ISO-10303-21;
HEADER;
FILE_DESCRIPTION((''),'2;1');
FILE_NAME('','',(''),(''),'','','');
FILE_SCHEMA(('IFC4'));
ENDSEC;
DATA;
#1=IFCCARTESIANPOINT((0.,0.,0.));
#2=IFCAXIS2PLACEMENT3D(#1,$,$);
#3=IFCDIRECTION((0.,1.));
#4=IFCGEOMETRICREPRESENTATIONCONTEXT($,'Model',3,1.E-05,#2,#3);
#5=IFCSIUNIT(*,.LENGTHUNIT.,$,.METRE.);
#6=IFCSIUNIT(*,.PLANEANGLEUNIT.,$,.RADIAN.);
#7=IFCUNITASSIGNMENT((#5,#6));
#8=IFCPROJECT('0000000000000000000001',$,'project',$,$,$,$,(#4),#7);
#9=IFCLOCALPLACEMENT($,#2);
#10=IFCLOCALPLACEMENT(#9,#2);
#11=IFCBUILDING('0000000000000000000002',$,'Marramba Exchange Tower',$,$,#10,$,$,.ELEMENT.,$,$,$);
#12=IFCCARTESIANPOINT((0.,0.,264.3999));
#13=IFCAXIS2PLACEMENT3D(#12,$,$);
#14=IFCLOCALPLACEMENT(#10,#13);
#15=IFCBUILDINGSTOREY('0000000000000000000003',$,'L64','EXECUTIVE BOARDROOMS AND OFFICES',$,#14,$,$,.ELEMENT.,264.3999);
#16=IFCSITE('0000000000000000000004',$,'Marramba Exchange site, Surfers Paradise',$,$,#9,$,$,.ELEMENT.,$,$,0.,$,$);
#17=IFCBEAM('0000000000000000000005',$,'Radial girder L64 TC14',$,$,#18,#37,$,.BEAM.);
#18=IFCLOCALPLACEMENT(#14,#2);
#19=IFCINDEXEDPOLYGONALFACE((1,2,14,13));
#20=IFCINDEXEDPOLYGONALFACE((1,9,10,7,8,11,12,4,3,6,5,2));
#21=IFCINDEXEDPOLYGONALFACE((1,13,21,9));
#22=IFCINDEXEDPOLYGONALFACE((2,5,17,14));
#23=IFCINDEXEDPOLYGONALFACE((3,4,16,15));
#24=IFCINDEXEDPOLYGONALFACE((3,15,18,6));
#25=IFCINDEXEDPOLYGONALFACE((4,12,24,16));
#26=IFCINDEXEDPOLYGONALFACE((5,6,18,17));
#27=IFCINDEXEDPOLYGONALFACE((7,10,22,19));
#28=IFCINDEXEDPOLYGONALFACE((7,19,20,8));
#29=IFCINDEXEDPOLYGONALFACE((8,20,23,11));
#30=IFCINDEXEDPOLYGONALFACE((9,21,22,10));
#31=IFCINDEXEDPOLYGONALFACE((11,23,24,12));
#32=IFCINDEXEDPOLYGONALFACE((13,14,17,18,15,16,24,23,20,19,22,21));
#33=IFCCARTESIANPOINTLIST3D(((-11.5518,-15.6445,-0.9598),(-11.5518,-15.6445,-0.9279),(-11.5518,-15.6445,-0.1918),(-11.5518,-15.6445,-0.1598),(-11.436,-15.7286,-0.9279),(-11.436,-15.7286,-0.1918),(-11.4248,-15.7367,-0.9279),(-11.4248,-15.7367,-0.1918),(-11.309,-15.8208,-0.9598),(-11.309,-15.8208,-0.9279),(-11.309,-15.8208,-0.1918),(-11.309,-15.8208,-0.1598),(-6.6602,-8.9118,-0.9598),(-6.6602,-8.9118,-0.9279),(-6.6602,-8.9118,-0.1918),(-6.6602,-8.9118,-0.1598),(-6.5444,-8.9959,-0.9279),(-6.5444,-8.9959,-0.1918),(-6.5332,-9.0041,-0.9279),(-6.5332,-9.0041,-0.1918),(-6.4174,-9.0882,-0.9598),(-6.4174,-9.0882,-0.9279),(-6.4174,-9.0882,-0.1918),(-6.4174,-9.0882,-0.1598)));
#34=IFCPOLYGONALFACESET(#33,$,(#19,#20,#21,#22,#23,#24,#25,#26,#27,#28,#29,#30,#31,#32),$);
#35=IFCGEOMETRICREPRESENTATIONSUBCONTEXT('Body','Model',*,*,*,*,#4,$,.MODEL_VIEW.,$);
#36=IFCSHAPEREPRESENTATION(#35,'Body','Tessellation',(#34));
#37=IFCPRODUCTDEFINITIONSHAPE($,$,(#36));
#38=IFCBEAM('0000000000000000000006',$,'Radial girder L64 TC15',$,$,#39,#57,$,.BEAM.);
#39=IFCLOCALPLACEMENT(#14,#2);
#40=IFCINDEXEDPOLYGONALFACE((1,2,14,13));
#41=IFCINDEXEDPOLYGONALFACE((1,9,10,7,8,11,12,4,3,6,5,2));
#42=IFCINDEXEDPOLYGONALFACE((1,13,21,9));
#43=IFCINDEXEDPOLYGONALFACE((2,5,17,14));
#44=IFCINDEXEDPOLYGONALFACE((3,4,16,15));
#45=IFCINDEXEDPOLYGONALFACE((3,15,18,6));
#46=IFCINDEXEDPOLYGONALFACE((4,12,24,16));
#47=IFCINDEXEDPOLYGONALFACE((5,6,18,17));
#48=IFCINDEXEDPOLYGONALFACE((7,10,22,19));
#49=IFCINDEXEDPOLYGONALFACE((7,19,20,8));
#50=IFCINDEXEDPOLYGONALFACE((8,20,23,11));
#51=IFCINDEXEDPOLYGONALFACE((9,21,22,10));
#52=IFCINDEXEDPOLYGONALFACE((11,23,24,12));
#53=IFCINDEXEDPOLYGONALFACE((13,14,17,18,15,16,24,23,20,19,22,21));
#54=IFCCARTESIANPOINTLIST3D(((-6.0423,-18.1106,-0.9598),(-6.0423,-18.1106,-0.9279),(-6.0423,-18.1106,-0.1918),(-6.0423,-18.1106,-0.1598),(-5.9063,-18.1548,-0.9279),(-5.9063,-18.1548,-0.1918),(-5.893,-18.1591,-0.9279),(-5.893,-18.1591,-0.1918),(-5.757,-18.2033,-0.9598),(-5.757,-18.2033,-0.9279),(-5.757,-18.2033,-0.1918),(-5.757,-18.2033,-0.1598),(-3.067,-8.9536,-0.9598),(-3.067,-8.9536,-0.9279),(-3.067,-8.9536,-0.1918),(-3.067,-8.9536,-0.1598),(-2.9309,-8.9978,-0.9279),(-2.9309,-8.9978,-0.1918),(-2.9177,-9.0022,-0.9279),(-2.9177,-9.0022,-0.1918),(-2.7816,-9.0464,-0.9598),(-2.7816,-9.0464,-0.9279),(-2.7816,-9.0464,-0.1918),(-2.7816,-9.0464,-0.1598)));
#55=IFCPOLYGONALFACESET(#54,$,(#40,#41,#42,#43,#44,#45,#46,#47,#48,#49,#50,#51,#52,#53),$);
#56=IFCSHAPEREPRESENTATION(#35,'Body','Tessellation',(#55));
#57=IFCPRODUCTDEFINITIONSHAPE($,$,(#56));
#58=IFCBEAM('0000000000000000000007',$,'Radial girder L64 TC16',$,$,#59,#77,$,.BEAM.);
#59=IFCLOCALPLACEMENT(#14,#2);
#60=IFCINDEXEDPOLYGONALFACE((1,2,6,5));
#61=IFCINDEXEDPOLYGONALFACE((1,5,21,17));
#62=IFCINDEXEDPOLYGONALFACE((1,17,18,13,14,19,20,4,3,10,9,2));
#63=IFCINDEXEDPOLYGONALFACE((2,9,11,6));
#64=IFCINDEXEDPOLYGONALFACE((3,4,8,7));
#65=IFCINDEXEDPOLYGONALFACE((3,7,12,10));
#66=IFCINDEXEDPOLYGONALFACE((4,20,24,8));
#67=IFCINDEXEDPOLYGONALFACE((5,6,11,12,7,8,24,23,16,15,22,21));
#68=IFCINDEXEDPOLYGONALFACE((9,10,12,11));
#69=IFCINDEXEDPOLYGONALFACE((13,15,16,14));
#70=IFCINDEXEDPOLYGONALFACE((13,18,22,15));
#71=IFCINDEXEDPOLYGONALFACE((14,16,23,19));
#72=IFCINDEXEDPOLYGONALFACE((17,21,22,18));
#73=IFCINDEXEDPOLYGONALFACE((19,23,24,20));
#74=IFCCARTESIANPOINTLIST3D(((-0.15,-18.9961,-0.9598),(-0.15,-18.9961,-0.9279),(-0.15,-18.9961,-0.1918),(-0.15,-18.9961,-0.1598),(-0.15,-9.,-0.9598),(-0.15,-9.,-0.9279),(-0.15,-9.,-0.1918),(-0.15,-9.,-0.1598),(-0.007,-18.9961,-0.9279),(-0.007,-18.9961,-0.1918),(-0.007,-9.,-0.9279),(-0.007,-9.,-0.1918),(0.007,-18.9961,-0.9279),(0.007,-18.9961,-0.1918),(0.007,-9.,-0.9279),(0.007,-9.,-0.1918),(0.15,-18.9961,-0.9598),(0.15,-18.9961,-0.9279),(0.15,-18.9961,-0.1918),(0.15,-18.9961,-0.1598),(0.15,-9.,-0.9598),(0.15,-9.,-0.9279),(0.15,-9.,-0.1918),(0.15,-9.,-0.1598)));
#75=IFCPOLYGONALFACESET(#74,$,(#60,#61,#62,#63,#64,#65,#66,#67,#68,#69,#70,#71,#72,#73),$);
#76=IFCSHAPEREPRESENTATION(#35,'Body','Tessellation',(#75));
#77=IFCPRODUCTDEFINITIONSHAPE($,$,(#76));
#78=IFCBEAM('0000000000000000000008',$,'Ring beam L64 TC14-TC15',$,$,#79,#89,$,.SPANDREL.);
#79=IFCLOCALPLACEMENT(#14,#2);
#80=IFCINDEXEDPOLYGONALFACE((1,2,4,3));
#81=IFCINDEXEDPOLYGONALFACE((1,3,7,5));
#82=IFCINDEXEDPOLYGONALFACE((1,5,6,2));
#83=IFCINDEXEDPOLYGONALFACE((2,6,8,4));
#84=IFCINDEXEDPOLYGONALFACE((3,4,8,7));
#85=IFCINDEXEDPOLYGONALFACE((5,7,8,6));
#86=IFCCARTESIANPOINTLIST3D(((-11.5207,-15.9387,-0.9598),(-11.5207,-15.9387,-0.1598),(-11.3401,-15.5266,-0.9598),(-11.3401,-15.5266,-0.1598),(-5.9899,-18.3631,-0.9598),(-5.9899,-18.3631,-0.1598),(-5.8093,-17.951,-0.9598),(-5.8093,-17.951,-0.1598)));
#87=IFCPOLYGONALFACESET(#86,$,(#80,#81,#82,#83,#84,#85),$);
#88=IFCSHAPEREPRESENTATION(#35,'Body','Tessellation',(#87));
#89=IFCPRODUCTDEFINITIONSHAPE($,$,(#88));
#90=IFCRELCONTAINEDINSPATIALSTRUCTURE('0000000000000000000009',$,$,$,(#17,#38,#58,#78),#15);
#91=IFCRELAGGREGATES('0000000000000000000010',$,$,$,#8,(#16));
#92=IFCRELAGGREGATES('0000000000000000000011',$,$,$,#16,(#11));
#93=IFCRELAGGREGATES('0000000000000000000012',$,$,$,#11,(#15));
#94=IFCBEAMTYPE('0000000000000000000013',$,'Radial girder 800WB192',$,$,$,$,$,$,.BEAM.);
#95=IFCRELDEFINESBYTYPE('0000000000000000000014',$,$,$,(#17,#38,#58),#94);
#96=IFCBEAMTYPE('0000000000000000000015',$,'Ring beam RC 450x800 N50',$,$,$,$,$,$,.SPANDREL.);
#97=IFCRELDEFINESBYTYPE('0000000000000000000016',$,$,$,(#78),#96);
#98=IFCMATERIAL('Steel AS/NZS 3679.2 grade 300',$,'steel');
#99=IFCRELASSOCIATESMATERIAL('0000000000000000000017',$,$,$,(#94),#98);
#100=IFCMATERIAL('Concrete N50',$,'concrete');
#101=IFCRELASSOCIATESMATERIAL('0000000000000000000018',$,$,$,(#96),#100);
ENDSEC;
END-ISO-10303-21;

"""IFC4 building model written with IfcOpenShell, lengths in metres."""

from ifc_helpers import new_model, si_unit, direction, frame, origin, origin_2d, place, context, subcontext, project, spatial, rectangle, i_section, extrude, material, material_profile, profile_set, type_object, element, save


model = new_model("IFC4")

# Units and contexts
model_context = context("Model", 3, precision=1e-05, world=origin(), true_north=direction((0.0, 1.0)))
body_context = subcontext(model_context, "Body", "Model", "MODEL_VIEW")
ifc_project = project(units=[si_unit("LENGTHUNIT", "METRE"), si_unit("PLANEANGLEUNIT", "RADIAN")], contexts=[model_context])

# Site, building, storey
site_placement = place(None, origin())
site = spatial("IfcSite", under=ifc_project, at=site_placement, Name="Marramba Exchange site, Surfers Paradise", CompositionType="ELEMENT", RefElevation=0.0)
building_placement = place(site_placement, origin())
building = spatial("IfcBuilding", under=site, at=building_placement, Name="Marramba Exchange Tower", CompositionType="ELEMENT")
storey_placement = place(building_placement, frame((0.0, 0.0, 264.3999)))
storey = spatial("IfcBuildingStorey", under=building, at=storey_placement, Name="L64", Description="EXECUTIVE BOARDROOMS AND OFFICES", CompositionType="ELEMENT", Elevation=264.3999)

# Beams
ifc_material_1 = material(Name="Steel AS/NZS 3679.2 grade 300", Category="steel")
ifc_material_profile_1 = material_profile(ifc_material_1, i_section(OverallWidth=0.3, OverallDepth=0.8, WebThickness=0.0139, FlangeThickness=0.032, at=origin_2d()), Name="800WB192")
ifc_profile_set_1 = profile_set([ifc_material_profile_1], Name="Steel AS/NZS 3679.2 grade 300")
beam_type_1 = type_object("IfcBeamType", Name="Radial girder 800WB192", PredefinedType="BEAM", material=ifc_profile_set_1)
beam_1_placement = place(storey_placement, frame((-6.5388, -9.0, -0.5598), z_axis=(-0.587788, -0.809015, 0.0), x_axis=(0.809015, -0.587788, 0.0)))
element("IfcBeam", 1, at=beam_1_placement, inside=storey, type_object=beam_type_1, Name="Radial girder L64 TC14", PredefinedType="BEAM", context=body_context, shape_type="SweptSolid", body=[
    extrude(i_section(OverallWidth=0.3, OverallDepth=0.8, WebThickness=0.0139, FlangeThickness=0.032, at=origin_2d()), origin(), (0.0, 0.0, 1.0), 8.322),
])
beam_2_placement = place(storey_placement, frame((-2.9243, -9.0, -0.5598), z_axis=(-0.309022, -0.951055, 0.0), x_axis=(0.951055, -0.309022, 0.0)))
element("IfcBeam", 2, at=beam_2_placement, inside=storey, type_object=beam_type_1, Name="Radial girder L64 TC15", PredefinedType="BEAM", context=body_context, shape_type="SweptSolid", body=[
    extrude(i_section(OverallWidth=0.3, OverallDepth=0.8, WebThickness=0.0139, FlangeThickness=0.032, at=origin_2d()), origin(), (0.0, 0.0, 1.0), 9.6282),
])
beam_3_placement = place(storey_placement, frame((0.0, -9.0, -0.5598), z_axis=(0.0, -1.0, 0.0), x_axis=(1.0, 0.0, 0.0)))
element("IfcBeam", 3, at=beam_3_placement, inside=storey, type_object=beam_type_1, Name="Radial girder L64 TC16", PredefinedType="BEAM", context=body_context, shape_type="SweptSolid", body=[
    extrude(i_section(OverallWidth=0.3, OverallDepth=0.8, WebThickness=0.0139, FlangeThickness=0.032, at=origin_2d()), origin(), (0.0, 0.0, 1.0), 9.9961),
])
ifc_material_2 = material(Name="Concrete N50", Category="concrete")
ifc_material_profile_2 = material_profile(ifc_material_2, rectangle(XDim=0.45, YDim=0.8, at=origin_2d()), Name="RC 450x800")
ifc_profile_set_2 = profile_set([ifc_material_profile_2], Name="Concrete N50")
beam_type_2 = type_object("IfcBeamType", Name="Ring beam RC 450x800 N50", PredefinedType="SPANDREL", material=ifc_profile_set_2)
beam_4_placement = place(storey_placement, frame((-11.4304, -15.7327, -0.5598), z_axis=(0.915877, -0.401459, 0.0), x_axis=(0.401459, 0.915877, 0.0)))
element("IfcBeam", 4, at=beam_4_placement, inside=storey, type_object=beam_type_2, Name="Ring beam L64 TC14-TC15", PredefinedType="SPANDREL", context=body_context, shape_type="SweptSolid", body=[
    extrude(rectangle(XDim=0.45, YDim=0.8, at=origin_2d()), origin(), (0.0, 0.0, 1.0), 6.0388),
])

save(model, "model.ifc")
